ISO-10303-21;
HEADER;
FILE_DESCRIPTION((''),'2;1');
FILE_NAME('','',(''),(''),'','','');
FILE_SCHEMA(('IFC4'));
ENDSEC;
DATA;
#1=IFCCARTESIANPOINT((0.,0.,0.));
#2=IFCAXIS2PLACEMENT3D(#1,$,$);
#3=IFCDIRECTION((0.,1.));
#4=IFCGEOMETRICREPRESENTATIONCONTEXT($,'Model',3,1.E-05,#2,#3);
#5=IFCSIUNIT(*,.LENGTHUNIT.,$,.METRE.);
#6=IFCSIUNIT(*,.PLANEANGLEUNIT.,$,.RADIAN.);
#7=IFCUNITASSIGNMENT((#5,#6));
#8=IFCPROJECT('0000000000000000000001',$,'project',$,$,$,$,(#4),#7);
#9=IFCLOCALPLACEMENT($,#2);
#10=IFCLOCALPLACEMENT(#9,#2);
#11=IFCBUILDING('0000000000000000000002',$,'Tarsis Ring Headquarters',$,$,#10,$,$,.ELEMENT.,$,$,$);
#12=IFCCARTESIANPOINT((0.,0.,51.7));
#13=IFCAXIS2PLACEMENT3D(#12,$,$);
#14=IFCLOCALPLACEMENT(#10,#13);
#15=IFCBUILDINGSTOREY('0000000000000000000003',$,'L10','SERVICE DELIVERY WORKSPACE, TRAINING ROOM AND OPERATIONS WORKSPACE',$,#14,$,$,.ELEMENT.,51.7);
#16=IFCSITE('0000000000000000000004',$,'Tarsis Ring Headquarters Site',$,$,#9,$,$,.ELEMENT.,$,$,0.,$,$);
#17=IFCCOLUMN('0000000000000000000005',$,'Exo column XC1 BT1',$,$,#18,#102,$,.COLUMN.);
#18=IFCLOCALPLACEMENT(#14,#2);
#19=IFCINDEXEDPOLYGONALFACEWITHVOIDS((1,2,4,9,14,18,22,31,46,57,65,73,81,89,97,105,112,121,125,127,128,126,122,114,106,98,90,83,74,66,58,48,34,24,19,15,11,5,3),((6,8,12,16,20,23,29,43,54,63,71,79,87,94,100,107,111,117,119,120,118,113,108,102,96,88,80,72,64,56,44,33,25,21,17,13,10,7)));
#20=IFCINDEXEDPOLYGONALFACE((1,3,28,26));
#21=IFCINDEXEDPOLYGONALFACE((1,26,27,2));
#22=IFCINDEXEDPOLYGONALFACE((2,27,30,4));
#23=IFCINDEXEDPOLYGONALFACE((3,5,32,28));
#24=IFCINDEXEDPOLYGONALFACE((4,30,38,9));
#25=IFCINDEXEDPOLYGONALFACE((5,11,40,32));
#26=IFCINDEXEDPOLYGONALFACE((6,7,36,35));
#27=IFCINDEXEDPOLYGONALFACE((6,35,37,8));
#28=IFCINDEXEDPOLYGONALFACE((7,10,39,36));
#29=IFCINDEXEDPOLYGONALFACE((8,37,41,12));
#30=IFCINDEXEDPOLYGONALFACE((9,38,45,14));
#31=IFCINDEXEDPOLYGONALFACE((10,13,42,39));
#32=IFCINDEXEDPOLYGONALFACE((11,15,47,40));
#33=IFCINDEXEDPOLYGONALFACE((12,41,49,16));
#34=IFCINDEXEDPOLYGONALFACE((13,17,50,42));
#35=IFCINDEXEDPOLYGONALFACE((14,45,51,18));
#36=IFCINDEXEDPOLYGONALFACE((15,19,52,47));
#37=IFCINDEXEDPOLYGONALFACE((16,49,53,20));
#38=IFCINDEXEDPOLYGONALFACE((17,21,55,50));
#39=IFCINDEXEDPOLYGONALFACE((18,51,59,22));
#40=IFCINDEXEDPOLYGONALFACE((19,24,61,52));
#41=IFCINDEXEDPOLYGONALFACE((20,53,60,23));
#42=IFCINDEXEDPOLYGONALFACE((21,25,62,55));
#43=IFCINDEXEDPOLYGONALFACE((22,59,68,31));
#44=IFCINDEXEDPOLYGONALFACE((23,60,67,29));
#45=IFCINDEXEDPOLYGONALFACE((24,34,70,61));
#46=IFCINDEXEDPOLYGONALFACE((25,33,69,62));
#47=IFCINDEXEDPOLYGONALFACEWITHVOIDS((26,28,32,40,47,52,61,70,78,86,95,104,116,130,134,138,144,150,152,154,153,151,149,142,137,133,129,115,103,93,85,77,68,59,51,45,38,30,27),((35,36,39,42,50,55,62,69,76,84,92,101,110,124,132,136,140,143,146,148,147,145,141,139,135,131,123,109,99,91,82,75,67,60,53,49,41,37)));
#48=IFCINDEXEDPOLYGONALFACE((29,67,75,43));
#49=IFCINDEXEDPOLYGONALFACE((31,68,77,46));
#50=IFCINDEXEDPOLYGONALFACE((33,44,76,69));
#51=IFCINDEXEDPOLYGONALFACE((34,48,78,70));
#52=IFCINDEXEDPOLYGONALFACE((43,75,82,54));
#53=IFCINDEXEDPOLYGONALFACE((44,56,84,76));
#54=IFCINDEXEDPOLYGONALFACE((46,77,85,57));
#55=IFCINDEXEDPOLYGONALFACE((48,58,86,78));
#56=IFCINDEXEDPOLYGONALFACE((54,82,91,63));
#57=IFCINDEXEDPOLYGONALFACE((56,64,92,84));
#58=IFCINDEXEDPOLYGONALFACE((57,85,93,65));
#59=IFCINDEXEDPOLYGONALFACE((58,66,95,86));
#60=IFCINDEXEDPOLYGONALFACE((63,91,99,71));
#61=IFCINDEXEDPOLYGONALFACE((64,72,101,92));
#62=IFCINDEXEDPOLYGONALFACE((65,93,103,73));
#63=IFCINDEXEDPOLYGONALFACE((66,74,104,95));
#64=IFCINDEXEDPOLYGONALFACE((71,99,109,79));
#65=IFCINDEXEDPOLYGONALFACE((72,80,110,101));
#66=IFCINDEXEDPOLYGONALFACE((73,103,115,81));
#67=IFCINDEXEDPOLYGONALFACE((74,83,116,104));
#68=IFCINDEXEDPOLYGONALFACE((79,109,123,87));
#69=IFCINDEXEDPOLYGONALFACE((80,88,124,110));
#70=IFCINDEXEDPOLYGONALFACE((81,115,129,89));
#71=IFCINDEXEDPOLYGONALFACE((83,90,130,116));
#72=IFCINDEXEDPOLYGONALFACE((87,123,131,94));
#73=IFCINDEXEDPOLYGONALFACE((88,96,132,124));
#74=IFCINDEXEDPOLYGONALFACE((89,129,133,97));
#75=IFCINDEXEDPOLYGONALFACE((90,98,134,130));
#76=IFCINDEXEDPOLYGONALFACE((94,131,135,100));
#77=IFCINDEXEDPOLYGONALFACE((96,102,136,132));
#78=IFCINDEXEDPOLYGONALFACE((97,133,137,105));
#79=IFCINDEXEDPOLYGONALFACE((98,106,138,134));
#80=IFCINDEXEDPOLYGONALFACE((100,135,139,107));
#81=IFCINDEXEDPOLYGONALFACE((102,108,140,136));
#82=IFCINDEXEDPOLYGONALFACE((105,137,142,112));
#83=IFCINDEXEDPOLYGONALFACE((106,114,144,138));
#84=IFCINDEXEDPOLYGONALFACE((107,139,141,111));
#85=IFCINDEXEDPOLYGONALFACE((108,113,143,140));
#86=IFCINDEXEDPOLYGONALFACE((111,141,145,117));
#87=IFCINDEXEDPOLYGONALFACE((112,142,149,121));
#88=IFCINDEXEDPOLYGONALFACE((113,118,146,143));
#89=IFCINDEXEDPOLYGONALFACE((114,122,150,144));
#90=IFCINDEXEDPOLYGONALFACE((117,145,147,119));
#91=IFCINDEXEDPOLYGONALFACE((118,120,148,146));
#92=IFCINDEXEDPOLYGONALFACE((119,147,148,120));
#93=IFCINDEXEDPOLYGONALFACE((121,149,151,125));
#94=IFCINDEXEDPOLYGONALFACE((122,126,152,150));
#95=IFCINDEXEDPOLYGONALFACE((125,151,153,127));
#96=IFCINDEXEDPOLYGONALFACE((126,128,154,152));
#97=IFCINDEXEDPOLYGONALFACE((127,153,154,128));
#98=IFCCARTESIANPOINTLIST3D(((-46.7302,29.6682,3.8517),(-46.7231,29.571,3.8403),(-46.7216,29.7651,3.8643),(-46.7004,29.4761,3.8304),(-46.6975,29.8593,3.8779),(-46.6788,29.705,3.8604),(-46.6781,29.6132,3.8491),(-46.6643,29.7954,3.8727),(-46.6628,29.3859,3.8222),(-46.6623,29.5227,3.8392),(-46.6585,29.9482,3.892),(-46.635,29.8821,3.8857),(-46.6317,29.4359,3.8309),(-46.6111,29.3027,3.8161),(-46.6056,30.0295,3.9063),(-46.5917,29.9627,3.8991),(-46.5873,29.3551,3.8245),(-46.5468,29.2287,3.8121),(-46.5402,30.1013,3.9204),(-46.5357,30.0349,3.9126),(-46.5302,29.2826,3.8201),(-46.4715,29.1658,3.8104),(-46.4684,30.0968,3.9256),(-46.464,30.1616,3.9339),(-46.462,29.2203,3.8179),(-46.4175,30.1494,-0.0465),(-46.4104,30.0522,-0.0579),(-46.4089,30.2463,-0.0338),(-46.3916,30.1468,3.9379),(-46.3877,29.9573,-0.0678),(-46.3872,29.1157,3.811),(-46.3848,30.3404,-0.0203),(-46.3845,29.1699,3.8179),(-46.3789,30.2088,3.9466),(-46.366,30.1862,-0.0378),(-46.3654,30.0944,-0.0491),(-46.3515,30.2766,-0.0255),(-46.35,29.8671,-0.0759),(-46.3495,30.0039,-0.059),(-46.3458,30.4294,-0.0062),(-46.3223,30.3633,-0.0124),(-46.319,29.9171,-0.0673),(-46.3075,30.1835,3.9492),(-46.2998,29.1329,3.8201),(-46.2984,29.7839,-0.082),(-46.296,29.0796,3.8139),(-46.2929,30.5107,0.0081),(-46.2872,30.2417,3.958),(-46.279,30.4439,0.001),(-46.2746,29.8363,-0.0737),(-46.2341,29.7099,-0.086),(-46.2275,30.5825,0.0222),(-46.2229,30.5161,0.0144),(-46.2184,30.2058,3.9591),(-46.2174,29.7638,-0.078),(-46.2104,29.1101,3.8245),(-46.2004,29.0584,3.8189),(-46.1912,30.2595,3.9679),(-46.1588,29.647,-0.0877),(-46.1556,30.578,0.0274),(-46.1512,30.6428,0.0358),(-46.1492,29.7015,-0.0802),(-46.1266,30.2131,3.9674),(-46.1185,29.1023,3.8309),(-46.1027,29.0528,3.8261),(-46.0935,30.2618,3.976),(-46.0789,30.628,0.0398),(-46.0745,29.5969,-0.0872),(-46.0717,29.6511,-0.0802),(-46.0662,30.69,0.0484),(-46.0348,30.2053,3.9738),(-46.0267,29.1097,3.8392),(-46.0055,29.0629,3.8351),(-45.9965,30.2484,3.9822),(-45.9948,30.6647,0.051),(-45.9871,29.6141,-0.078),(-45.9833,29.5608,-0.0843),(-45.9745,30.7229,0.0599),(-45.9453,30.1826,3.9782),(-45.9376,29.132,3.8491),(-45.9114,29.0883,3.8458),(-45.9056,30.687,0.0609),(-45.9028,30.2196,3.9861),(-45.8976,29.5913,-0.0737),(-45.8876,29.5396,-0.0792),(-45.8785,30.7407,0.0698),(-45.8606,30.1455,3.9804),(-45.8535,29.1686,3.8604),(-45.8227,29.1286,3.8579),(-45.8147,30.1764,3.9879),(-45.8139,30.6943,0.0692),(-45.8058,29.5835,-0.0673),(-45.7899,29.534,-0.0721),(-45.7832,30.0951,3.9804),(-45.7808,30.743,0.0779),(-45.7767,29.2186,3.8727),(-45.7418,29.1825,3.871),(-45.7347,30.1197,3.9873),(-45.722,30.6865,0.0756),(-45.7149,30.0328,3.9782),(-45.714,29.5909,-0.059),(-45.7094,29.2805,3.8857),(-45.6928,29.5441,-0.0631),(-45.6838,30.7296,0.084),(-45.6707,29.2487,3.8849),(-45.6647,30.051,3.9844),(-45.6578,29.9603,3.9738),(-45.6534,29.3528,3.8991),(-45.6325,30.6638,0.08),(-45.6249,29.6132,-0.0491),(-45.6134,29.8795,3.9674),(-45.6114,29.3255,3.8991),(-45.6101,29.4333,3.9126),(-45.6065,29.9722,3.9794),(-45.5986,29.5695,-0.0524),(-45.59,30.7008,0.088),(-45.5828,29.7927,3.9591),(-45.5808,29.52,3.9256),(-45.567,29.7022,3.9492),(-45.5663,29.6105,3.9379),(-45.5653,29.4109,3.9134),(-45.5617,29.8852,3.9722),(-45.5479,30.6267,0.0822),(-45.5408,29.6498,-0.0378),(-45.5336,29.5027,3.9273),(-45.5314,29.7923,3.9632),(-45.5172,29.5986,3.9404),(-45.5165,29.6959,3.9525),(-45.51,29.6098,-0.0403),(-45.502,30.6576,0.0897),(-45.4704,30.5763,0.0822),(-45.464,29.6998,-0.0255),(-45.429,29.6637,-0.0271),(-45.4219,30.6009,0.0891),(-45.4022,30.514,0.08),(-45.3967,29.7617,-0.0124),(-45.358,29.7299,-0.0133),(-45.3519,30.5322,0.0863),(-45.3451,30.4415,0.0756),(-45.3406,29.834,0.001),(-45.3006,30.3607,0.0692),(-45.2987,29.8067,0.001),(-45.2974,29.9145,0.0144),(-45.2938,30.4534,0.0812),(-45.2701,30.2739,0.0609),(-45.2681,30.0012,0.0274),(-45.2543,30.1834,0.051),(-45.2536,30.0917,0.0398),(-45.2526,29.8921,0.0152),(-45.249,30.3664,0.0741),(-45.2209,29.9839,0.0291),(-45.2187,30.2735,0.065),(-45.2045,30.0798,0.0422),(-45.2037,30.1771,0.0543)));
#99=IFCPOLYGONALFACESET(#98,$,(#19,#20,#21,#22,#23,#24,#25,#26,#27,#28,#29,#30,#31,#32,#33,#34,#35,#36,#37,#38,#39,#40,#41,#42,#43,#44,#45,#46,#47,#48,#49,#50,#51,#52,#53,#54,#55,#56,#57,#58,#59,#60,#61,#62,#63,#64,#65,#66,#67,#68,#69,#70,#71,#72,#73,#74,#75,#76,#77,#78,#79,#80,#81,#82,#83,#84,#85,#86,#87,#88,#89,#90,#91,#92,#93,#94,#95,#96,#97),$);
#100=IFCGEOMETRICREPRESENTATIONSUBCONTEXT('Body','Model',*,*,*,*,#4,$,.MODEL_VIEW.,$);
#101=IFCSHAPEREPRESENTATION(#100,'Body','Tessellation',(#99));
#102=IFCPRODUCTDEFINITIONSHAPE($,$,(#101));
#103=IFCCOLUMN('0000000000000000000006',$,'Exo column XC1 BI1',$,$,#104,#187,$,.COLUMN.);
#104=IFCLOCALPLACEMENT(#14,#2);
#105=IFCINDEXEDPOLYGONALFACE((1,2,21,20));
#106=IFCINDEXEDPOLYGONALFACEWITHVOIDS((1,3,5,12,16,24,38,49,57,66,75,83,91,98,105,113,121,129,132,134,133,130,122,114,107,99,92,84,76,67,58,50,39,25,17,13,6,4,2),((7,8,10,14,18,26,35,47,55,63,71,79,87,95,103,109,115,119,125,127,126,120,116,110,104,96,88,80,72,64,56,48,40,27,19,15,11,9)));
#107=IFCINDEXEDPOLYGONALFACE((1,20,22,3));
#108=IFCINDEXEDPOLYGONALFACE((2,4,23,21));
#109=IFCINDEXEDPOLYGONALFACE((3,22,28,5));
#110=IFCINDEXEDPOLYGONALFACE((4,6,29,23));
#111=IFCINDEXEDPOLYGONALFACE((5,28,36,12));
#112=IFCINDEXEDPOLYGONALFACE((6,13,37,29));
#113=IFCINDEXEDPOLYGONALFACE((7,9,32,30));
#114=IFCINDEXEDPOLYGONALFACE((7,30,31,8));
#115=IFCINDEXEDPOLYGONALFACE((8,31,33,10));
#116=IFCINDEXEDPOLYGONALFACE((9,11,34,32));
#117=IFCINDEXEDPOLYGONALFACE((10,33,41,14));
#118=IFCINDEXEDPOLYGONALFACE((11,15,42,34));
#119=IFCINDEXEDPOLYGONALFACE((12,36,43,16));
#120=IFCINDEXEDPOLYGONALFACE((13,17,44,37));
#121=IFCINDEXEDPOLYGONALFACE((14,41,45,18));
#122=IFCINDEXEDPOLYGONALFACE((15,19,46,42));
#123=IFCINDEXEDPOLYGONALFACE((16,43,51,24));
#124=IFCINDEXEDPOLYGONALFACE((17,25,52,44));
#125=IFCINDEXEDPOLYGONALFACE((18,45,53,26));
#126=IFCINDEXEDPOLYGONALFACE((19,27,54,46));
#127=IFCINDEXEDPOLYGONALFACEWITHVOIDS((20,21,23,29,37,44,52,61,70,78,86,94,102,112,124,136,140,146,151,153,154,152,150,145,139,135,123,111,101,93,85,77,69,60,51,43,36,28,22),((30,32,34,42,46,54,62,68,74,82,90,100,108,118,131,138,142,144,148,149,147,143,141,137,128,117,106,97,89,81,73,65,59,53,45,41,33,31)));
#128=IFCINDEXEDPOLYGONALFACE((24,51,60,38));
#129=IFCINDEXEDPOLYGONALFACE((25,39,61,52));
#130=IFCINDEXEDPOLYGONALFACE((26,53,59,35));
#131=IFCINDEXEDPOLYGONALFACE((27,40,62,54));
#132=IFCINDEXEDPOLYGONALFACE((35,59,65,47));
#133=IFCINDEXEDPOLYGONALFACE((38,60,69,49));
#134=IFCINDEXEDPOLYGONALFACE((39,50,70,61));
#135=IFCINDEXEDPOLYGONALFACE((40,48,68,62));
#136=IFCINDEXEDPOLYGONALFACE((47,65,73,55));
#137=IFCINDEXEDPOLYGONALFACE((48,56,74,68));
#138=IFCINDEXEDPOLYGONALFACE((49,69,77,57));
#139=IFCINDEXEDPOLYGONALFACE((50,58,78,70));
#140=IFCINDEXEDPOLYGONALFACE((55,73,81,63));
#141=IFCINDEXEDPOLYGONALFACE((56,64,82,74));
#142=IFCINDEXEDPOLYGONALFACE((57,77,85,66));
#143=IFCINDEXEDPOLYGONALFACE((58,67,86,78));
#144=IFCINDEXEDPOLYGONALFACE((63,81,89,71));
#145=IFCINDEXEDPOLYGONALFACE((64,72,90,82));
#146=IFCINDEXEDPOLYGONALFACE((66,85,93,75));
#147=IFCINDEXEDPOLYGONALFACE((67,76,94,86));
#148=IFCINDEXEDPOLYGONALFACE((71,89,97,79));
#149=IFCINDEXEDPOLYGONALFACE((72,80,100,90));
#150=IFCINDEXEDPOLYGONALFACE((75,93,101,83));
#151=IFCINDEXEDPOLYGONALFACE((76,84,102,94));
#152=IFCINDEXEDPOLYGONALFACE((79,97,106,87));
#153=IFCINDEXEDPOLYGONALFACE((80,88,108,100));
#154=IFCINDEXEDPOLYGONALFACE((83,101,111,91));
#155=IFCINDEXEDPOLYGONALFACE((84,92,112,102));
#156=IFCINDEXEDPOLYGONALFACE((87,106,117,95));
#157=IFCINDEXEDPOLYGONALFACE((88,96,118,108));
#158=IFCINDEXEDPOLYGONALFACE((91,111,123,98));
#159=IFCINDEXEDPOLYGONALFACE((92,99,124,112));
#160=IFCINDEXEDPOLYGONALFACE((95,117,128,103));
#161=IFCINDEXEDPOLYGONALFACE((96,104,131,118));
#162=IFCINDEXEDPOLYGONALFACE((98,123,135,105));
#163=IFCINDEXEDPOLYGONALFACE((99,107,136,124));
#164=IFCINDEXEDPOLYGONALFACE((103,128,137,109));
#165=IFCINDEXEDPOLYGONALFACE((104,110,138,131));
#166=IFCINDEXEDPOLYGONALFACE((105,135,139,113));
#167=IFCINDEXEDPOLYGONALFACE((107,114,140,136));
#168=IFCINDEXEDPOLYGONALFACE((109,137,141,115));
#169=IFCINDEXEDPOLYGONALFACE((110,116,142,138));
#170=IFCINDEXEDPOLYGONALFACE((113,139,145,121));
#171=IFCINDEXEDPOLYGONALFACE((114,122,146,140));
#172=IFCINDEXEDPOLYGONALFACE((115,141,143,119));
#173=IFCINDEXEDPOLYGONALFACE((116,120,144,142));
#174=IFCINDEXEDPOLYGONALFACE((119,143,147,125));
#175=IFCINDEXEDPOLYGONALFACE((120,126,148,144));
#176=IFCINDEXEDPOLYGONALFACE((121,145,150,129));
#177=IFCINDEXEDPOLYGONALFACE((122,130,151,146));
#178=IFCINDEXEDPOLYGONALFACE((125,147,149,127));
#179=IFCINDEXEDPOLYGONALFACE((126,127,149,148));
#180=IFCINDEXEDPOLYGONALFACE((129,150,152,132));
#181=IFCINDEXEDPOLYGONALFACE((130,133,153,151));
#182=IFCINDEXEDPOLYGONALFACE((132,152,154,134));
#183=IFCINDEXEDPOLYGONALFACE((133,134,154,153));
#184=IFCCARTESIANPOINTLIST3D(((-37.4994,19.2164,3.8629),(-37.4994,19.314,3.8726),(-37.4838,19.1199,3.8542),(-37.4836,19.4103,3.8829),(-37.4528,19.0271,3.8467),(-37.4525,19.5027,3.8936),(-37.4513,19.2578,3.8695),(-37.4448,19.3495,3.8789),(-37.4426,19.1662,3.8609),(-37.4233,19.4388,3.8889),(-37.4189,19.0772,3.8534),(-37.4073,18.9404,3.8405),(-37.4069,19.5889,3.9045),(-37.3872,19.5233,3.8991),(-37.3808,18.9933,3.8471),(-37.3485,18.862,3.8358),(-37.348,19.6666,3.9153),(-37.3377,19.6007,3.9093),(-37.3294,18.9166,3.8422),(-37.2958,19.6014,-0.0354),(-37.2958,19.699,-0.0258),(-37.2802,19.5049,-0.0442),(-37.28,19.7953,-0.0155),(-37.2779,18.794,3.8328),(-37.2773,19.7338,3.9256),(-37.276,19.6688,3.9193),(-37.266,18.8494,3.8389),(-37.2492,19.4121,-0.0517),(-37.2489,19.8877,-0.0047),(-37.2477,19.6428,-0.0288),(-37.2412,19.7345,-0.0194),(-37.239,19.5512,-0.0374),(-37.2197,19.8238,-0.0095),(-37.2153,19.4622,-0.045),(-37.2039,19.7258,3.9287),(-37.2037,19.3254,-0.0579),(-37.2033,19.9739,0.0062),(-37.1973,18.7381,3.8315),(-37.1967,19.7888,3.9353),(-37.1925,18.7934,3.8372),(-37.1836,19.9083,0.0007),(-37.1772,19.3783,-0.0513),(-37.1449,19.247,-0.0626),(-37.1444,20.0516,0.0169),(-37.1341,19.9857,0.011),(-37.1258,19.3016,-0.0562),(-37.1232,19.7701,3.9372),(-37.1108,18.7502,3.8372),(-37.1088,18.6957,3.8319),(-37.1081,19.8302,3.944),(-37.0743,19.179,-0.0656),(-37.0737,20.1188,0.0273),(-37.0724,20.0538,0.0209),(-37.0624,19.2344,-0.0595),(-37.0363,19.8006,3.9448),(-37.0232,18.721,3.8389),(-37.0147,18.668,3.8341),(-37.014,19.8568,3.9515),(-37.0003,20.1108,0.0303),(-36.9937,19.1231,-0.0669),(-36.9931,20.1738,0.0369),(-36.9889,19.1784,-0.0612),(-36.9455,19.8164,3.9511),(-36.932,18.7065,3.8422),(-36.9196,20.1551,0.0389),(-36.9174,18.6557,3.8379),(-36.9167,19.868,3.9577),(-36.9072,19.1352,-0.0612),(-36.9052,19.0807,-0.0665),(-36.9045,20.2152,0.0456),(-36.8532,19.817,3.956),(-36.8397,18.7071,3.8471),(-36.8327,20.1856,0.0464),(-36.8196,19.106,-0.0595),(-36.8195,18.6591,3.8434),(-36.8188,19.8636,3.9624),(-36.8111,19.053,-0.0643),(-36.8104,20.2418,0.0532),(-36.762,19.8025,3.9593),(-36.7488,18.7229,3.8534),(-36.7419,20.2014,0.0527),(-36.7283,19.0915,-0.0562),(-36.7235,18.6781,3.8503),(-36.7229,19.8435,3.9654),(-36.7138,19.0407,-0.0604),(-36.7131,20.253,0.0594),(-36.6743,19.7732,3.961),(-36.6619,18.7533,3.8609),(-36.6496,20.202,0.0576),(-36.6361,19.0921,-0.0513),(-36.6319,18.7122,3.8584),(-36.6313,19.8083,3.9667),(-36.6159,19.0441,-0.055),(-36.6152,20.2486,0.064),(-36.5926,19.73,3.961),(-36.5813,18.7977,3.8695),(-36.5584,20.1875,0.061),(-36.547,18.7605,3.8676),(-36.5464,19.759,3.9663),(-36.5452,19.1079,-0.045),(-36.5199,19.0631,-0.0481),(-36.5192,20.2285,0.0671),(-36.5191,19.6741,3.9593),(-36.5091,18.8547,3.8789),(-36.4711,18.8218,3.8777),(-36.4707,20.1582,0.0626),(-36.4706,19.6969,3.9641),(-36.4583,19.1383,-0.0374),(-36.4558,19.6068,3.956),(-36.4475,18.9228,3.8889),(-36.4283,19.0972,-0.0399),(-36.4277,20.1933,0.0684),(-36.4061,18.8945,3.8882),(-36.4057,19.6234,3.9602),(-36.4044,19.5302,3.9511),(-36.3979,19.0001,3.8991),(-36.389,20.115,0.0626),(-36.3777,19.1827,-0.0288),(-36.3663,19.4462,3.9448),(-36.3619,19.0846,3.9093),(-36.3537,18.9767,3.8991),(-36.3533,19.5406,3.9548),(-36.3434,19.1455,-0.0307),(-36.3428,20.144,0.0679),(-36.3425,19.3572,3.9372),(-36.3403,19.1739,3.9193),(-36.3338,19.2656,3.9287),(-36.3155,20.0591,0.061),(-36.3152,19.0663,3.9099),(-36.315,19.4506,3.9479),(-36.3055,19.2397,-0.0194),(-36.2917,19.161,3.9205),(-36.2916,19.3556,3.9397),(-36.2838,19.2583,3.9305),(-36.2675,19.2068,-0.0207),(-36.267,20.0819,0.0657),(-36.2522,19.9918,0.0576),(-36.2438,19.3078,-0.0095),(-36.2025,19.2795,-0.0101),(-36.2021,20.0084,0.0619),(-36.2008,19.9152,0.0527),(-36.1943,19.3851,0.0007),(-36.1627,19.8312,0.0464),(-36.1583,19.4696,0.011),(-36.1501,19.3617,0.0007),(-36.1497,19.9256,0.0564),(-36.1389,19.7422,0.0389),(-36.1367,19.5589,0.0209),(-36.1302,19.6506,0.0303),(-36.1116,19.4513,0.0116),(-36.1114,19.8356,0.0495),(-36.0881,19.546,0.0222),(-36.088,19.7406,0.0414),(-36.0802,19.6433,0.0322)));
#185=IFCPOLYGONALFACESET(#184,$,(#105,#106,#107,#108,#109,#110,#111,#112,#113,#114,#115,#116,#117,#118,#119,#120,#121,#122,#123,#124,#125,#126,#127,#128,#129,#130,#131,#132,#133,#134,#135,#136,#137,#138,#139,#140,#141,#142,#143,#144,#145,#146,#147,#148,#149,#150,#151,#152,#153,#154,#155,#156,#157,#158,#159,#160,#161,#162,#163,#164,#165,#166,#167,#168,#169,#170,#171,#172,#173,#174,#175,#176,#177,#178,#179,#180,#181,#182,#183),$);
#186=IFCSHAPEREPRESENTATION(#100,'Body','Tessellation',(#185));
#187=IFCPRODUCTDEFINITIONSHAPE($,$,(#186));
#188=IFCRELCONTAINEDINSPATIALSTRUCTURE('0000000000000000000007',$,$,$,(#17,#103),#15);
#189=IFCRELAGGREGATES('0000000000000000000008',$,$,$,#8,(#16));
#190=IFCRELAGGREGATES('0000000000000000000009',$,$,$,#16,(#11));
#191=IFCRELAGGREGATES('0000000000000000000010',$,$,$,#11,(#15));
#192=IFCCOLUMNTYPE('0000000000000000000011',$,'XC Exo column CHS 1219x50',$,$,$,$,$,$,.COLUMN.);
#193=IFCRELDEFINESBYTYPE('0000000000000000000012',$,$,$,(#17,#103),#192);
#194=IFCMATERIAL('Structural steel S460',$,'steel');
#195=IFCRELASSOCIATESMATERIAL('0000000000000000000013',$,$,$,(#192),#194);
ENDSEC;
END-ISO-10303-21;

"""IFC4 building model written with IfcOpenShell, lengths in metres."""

from ifc_helpers import new_model, si_unit, direction, frame, origin, origin_2d, place, context, subcontext, project, spatial, hollow_circle, extrude, material, material_profile, profile_set, type_object, element, save


model = new_model("IFC4")

# Units and contexts
model_context = context("Model", 3, precision=1e-05, world=origin(), true_north=direction((0.0, 1.0)))
body_context = subcontext(model_context, "Body", "Model", "MODEL_VIEW")
ifc_project = project(units=[si_unit("LENGTHUNIT", "METRE"), si_unit("PLANEANGLEUNIT", "RADIAN")], contexts=[model_context])

# Site, building, storey
site_placement = place(None, origin())
site = spatial("IfcSite", under=ifc_project, at=site_placement, Name="Tarsis Ring Headquarters Site", CompositionType="ELEMENT", RefElevation=0.0)
building_placement = place(site_placement, origin())
building = spatial("IfcBuilding", under=site, at=building_placement, Name="Tarsis Ring Headquarters", CompositionType="ELEMENT")
storey_placement = place(building_placement, frame((0.0, 0.0, 51.7)))
storey = spatial("IfcBuildingStorey", under=building, at=storey_placement, Name="L10", Description="SERVICE DELIVERY WORKSPACE, TRAINING ROOM AND OPERATIONS WORKSPACE", CompositionType="ELEMENT", Elevation=51.7)

# Columns
ifc_material_1 = material(Name="Structural steel S460", Category="steel")
ifc_material_profile_1 = material_profile(ifc_material_1, hollow_circle(Radius=0.6096, WallThickness=0.05, at=origin_2d()), Name="CHS 1219x50")
ifc_profile_set_1 = profile_set([ifc_material_profile_1], Name="Structural steel S460")
column_type = type_object("IfcColumnType", Name="XC Exo column CHS 1219x50", PredefinedType="COLUMN", material=ifc_profile_set_1)
column_1_placement = place(storey_placement, frame((-45.8098, 30.1389, 0.001), z_axis=(-0.079372, -0.122126, 0.989336), x_axis=(0.838473, -0.544943, 0.0)))
element("IfcColumn", 1, at=column_1_placement, inside=storey, type_object=column_type, Name="Exo column XC1 BT1", PredefinedType="COLUMN", context=body_context, shape_type="SweptSolid", body=[
    extrude(hollow_circle(Radius=0.6096, WallThickness=0.05, at=origin_2d()), origin(), (0.0, 0.0, 1.0), 3.9402),
])
column_2_placement = place(storey_placement, frame((-36.689, 19.6467, 0.0007), z_axis=(-0.051907, -0.098149, 0.993817), x_axis=(0.883992, -0.467501, 0.0)))
element("IfcColumn", 2, at=column_2_placement, inside=storey, type_object=column_type, Name="Exo column XC1 BI1", PredefinedType="COLUMN", context=body_context, shape_type="SweptSolid", body=[
    extrude(hollow_circle(Radius=0.6096, WallThickness=0.05, at=origin_2d()), origin(), (0.0, 0.0, 1.0), 3.9226),
])

save(model, "model.ifc")
